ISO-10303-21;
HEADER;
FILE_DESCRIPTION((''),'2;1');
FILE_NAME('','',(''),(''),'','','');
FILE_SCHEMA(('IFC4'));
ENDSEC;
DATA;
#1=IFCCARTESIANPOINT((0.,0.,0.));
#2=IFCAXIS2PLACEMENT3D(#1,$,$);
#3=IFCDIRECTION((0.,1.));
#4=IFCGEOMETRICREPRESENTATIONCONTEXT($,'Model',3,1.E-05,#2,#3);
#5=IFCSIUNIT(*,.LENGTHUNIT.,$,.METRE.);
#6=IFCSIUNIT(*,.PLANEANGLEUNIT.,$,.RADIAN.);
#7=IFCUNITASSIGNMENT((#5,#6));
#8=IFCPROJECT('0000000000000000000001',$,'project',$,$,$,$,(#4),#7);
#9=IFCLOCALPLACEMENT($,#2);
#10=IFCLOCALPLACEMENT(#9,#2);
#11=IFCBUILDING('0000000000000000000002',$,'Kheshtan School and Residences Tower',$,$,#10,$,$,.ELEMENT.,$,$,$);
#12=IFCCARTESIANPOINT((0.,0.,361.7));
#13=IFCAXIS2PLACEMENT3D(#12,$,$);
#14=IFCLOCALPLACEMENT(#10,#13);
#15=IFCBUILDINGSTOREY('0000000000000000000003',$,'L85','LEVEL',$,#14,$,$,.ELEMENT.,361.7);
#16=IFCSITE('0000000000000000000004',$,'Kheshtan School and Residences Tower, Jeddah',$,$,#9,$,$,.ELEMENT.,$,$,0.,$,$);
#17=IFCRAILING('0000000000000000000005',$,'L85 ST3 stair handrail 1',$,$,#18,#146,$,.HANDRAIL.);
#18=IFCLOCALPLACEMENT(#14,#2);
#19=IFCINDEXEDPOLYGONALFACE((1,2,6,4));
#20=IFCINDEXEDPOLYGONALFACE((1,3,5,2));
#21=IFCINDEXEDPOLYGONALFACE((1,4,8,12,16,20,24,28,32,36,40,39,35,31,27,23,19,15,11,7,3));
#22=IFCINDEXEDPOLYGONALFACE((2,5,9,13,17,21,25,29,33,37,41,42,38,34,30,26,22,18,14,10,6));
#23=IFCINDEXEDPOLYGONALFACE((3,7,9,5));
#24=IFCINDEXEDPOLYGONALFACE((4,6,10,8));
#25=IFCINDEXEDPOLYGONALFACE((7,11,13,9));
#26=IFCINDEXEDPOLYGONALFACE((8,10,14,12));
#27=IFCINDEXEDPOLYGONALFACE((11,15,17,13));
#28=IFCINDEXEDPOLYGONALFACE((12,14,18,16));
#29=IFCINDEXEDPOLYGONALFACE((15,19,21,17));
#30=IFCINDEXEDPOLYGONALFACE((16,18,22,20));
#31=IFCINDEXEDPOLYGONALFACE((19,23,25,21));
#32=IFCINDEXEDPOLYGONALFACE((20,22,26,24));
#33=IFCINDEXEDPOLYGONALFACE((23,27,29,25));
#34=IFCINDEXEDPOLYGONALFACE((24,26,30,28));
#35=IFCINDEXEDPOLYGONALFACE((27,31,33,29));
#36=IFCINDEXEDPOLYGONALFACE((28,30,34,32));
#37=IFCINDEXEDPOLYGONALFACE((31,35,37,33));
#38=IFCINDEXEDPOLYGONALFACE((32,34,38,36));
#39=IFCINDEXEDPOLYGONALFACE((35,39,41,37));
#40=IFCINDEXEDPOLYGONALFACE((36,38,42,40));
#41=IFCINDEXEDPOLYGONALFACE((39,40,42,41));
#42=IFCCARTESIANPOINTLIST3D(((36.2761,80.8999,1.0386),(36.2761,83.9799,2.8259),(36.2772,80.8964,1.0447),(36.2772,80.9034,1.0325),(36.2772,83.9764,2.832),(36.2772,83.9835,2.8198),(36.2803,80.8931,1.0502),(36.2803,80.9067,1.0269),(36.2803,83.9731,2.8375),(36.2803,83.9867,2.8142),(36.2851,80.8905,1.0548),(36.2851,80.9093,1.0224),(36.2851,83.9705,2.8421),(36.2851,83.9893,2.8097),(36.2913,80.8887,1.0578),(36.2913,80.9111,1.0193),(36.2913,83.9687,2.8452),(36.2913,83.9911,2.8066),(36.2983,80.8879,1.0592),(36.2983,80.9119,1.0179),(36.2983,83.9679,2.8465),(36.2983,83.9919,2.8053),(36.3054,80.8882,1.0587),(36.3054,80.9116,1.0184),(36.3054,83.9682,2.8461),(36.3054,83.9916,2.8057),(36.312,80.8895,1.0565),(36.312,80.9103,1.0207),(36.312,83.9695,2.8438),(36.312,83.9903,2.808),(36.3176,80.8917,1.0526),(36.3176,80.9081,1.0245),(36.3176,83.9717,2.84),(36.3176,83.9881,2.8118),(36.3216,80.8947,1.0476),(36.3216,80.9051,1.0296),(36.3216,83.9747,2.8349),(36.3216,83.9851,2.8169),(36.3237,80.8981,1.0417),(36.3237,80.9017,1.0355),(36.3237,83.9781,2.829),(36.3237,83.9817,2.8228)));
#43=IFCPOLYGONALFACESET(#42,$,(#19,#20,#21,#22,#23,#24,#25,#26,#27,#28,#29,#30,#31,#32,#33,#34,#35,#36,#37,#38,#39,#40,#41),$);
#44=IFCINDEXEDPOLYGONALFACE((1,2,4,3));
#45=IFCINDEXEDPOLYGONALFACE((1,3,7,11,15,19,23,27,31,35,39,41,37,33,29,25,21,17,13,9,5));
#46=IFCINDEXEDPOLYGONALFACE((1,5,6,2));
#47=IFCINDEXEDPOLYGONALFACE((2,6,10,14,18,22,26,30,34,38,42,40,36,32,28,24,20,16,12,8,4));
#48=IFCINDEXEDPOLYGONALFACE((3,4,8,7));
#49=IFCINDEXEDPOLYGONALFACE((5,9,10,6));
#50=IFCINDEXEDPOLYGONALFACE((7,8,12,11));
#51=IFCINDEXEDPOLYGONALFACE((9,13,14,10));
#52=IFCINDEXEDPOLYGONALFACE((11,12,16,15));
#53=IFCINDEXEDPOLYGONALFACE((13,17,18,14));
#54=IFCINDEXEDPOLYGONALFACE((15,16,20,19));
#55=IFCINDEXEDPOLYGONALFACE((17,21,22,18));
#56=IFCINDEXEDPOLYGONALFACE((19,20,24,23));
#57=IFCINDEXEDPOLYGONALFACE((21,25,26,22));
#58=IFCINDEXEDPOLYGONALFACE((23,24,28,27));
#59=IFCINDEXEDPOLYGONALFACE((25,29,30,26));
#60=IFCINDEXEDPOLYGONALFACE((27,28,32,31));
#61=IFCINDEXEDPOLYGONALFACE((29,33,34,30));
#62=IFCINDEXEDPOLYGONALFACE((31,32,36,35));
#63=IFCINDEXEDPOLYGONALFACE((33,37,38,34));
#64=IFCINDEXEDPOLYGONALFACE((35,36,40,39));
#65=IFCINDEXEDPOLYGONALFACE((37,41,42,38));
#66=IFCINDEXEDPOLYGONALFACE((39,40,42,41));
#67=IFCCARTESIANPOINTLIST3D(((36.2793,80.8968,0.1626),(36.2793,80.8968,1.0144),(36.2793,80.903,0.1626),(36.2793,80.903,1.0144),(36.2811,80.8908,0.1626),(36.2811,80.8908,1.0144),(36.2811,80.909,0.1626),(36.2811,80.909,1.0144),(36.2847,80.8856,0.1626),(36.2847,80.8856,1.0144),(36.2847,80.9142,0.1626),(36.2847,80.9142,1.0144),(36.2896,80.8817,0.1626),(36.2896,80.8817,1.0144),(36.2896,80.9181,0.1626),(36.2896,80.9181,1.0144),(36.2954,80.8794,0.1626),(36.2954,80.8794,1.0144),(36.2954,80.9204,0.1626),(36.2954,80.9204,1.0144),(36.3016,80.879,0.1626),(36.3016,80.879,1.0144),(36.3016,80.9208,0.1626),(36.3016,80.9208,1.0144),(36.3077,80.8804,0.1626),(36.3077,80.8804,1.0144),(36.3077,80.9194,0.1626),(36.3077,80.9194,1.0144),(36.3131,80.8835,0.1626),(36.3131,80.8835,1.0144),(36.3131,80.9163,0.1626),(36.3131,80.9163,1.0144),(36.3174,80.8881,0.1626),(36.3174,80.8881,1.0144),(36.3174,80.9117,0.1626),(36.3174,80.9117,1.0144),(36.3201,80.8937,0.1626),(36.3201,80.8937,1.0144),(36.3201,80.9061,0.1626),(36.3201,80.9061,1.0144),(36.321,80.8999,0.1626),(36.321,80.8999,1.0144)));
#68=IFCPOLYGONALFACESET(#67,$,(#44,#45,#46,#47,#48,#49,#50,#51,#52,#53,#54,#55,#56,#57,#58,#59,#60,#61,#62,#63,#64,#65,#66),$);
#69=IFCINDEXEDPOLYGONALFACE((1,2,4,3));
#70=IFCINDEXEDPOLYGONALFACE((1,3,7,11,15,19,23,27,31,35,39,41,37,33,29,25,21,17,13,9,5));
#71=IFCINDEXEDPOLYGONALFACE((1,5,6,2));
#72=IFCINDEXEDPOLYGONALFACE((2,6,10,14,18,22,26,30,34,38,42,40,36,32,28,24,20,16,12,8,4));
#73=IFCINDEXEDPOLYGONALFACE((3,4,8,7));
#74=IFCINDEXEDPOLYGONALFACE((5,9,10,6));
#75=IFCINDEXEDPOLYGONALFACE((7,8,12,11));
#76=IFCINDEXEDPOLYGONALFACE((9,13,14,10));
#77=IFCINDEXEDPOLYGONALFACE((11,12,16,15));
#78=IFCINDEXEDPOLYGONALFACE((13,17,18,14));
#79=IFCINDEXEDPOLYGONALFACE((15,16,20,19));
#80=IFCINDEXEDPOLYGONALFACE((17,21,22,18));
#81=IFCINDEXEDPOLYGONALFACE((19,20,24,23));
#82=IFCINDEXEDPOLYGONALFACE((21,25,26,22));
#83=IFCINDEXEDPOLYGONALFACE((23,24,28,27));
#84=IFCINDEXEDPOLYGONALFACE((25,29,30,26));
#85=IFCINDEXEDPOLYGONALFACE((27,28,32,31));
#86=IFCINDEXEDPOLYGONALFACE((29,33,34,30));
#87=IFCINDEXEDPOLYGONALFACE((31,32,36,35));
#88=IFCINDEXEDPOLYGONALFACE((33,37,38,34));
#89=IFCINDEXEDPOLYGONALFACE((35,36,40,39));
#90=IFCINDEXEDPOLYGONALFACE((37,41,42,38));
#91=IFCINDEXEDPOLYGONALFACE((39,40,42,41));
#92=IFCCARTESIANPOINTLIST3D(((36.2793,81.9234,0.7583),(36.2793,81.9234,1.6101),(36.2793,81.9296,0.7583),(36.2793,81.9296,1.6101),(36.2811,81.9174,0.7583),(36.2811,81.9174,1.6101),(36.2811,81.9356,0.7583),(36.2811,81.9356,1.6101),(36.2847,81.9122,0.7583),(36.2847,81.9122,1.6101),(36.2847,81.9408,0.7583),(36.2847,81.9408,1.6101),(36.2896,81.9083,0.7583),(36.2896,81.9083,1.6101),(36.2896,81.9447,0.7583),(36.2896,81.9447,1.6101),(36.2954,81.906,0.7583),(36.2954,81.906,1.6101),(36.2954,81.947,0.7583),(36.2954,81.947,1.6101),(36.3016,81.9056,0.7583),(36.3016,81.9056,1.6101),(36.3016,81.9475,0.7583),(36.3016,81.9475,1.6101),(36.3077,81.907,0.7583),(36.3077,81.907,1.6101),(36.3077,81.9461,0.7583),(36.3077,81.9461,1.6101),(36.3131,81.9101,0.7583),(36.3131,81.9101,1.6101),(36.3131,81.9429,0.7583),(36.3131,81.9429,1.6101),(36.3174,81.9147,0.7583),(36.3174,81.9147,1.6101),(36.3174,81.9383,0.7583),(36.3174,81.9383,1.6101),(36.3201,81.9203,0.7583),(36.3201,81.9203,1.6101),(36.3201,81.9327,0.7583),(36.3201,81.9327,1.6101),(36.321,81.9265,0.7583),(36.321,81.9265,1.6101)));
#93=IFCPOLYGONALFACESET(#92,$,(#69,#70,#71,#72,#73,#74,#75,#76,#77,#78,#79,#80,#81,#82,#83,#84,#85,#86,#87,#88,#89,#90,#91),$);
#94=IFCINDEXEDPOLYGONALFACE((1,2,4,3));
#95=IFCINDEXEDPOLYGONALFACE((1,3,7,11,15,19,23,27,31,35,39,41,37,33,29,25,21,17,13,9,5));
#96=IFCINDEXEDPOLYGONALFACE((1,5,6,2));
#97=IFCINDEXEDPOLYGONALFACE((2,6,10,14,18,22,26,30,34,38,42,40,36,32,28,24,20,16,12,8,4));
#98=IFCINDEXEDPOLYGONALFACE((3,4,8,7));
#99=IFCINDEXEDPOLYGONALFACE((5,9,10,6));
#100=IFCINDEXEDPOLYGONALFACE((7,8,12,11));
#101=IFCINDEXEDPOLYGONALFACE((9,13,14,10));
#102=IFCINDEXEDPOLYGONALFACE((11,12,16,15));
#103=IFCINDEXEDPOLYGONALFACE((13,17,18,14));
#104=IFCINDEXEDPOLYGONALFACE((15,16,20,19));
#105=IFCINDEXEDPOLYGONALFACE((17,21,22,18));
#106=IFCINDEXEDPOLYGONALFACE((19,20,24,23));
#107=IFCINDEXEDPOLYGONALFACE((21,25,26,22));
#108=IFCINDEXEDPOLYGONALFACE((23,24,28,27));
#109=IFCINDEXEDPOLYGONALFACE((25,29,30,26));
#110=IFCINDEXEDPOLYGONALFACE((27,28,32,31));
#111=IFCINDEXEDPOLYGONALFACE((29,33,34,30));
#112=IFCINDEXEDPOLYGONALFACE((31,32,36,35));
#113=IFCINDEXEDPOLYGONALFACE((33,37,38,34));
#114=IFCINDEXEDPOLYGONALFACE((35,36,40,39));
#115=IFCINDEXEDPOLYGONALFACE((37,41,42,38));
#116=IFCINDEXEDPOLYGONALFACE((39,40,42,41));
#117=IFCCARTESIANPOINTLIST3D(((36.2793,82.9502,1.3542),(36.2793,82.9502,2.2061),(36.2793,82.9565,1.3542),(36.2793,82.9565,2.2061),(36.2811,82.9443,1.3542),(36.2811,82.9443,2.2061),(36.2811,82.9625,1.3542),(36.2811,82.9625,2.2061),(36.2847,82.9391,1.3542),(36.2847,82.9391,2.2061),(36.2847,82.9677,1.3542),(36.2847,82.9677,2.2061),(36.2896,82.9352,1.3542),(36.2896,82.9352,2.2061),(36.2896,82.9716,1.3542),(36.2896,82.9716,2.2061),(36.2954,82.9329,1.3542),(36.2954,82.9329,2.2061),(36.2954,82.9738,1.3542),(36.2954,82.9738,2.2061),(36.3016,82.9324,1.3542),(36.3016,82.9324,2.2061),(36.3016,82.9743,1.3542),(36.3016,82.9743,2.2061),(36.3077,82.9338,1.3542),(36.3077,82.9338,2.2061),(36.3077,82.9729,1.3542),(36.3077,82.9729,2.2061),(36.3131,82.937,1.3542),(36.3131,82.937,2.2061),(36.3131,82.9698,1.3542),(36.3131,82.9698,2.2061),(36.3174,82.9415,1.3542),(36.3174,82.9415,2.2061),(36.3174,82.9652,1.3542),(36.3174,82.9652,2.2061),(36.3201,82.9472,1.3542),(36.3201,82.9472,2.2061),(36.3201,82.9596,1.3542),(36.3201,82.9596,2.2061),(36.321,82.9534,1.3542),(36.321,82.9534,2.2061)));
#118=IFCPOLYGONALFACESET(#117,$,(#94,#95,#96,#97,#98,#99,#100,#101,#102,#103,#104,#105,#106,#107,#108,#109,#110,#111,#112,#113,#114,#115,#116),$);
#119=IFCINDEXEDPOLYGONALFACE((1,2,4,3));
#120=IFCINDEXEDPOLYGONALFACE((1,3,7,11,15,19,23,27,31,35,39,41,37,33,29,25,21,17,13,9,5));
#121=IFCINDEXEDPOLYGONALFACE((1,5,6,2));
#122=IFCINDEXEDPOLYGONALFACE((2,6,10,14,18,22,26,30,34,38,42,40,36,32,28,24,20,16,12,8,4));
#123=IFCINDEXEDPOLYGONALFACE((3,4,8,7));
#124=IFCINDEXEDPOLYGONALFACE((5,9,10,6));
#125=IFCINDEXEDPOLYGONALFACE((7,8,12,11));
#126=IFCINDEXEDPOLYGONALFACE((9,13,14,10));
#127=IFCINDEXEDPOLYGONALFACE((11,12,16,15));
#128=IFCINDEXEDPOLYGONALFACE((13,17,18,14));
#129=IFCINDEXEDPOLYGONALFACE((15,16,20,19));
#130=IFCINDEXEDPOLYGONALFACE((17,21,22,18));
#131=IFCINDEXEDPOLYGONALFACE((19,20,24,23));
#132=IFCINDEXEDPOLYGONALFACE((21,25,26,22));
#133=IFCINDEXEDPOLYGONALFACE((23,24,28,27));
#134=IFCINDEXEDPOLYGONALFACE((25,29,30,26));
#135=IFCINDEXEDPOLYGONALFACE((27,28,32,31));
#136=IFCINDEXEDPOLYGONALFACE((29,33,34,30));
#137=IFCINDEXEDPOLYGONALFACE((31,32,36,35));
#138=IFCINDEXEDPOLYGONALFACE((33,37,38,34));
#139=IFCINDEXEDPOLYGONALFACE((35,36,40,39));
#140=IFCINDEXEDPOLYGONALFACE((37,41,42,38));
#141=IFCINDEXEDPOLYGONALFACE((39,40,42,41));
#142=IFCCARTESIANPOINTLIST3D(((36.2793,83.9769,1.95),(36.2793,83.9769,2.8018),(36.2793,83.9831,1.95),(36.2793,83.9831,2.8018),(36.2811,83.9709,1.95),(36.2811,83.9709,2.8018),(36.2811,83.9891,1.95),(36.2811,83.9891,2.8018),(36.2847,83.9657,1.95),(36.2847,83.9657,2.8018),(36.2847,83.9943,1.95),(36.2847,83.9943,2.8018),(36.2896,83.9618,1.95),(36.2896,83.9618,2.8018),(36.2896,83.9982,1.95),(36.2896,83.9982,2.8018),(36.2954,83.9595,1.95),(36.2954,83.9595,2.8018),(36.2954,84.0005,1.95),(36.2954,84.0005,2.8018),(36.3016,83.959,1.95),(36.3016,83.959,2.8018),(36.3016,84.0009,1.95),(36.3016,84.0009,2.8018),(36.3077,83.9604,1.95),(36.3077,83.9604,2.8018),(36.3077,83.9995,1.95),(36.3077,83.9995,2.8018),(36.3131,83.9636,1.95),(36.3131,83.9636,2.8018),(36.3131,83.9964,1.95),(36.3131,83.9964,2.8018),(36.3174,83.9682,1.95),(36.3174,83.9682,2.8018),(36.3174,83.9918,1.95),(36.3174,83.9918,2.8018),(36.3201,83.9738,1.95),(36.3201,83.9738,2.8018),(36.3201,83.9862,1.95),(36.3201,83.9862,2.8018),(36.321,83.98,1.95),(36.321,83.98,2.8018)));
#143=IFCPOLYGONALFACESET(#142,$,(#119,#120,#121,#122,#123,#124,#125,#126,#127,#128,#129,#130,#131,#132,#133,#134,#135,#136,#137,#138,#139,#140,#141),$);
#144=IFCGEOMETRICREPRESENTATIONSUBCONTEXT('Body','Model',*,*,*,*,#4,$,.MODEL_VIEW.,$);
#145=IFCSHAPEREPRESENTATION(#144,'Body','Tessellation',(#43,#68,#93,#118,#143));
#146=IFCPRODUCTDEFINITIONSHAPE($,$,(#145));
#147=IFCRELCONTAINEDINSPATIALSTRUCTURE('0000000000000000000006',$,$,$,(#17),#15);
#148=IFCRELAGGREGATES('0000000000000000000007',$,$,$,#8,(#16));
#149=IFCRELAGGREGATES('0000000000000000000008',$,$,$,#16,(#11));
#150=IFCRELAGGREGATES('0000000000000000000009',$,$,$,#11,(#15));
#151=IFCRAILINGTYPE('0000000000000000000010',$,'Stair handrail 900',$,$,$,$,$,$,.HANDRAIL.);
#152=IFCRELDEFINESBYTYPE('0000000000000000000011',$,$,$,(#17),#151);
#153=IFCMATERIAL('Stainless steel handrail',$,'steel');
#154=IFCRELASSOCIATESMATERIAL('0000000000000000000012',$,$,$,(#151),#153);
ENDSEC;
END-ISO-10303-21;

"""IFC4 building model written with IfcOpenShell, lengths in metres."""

from ifc_helpers import new_model, si_unit, direction, frame, origin, origin_2d, place, context, subcontext, project, spatial, circle, extrude, material, type_object, element, save


model = new_model("IFC4")

# Units and contexts
model_context = context("Model", 3, precision=1e-05, world=origin(), true_north=direction((0.0, 1.0)))
body_context = subcontext(model_context, "Body", "Model", "MODEL_VIEW")
ifc_project = project(units=[si_unit("LENGTHUNIT", "METRE"), si_unit("PLANEANGLEUNIT", "RADIAN")], contexts=[model_context])

# Site, building, storey
site_placement = place(None, origin())
site = spatial("IfcSite", under=ifc_project, at=site_placement, Name="Kheshtan School and Residences Tower, Jeddah", CompositionType="ELEMENT", RefElevation=0.0)
building_placement = place(site_placement, origin())
building = spatial("IfcBuilding", under=site, at=building_placement, Name="Kheshtan School and Residences Tower", CompositionType="ELEMENT")
storey_placement = place(building_placement, frame((0.0, 0.0, 361.7)))
storey = spatial("IfcBuildingStorey", under=building, at=storey_placement, Name="L85", Description="LEVEL", CompositionType="ELEMENT", Elevation=361.7)

# Railing
ifc_material_1 = material(Name="Stainless steel handrail", Category="steel")
railing_type_1 = type_object("IfcRailingType", Name="Stair handrail 900", PredefinedType="HANDRAIL", material=ifc_material_1)
railing_1_placement = place(storey_placement, frame((36.3, 80.8999, 0.1626)))
element("IfcRailing", 1, at=railing_1_placement, inside=storey, type_object=railing_type_1, Name="L85 ST3 stair handrail 1", PredefinedType="HANDRAIL", context=body_context, shape_type="SweptSolid", body=[
    extrude(circle(Radius=0.0239, at=origin_2d()), frame((0.0, 0.0, 0.876), z_axis=(0.0, 0.86492, 0.501909), x_axis=(-1.0, 0.0, 0.0)), (0.0, 0.0, 1.0), 3.561),
    extrude(circle(Radius=0.021, at=origin_2d()), origin(), (0.0, 0.0, 1.0), 0.8518),
    extrude(circle(Radius=0.021, at=origin_2d()), frame((0.0, 1.0266, 0.5957)), (0.0, 0.0, 1.0), 0.8518),
    extrude(circle(Radius=0.021, at=origin_2d()), frame((0.0, 2.0535, 1.1917)), (0.0, 0.0, 1.0), 0.8518),
    extrude(circle(Radius=0.021, at=origin_2d()), frame((0.0, 3.0801, 1.7874)), (0.0, 0.0, 1.0), 0.8518),
])

save(model, "model.ifc")
